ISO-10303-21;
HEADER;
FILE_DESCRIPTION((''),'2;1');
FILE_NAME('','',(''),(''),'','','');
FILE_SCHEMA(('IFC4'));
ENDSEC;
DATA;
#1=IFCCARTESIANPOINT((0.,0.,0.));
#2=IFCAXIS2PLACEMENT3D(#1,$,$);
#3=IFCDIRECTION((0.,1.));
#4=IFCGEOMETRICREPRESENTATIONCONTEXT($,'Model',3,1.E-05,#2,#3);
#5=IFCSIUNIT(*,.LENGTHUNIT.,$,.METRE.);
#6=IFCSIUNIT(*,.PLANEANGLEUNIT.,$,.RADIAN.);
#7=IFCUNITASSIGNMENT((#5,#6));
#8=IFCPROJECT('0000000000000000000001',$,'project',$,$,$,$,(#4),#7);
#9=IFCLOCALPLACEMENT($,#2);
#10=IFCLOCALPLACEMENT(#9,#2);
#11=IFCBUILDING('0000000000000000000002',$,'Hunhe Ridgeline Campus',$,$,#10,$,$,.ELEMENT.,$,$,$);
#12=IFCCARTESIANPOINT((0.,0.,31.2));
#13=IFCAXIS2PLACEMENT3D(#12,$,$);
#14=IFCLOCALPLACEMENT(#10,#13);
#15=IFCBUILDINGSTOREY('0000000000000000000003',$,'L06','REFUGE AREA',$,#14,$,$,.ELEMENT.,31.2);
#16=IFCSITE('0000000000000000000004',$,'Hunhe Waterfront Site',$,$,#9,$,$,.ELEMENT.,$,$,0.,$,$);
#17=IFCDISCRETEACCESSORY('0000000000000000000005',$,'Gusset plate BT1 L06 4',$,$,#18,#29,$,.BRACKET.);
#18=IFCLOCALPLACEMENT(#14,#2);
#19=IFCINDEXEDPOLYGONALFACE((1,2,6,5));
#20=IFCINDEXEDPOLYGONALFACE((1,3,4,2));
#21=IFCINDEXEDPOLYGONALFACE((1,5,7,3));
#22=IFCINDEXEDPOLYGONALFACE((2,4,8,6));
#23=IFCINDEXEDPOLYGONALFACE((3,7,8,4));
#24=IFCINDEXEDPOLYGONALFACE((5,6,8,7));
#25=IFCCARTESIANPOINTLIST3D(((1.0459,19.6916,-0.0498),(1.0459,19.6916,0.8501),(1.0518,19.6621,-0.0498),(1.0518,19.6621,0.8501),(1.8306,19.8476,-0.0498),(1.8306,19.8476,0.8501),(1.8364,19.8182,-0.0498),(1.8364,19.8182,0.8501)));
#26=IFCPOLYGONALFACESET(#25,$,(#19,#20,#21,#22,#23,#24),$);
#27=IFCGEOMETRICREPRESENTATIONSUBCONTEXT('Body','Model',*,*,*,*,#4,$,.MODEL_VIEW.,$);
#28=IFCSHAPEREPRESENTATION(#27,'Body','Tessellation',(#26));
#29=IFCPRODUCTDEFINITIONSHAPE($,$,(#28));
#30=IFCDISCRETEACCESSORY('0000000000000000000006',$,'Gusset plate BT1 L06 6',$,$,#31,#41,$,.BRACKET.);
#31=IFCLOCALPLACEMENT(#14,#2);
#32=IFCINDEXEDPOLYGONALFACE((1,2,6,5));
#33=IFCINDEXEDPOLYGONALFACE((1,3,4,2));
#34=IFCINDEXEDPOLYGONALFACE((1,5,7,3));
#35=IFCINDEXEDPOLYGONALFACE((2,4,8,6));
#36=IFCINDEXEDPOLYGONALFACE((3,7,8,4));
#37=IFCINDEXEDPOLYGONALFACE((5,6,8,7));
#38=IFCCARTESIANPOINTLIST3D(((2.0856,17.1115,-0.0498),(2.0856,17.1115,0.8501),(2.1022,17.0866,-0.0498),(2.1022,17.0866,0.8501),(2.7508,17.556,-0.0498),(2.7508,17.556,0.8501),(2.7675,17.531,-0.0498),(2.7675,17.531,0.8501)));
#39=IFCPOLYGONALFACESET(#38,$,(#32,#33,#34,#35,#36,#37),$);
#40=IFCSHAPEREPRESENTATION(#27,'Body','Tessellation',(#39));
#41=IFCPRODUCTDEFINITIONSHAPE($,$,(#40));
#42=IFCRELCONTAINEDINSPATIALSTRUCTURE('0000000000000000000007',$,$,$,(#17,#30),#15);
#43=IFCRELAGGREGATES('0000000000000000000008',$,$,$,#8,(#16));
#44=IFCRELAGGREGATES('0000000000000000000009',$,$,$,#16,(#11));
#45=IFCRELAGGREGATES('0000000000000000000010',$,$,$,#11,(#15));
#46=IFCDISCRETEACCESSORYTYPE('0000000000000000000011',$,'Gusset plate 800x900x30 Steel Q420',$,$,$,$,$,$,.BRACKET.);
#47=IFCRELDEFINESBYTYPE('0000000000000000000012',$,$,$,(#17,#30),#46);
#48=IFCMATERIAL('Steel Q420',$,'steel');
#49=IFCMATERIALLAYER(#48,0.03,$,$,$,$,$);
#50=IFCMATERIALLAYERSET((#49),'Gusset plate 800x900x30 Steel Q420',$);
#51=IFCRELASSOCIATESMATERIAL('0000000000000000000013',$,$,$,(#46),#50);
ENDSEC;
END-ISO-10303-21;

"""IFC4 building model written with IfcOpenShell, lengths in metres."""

from ifc_helpers import new_model, si_unit, direction, frame, origin, origin_2d, place, context, subcontext, project, spatial, rectangle, extrude, material, layer, layer_set, type_object, element, save


model = new_model("IFC4")

# Units and contexts
model_context = context("Model", 3, precision=1e-05, world=origin(), true_north=direction((0.0, 1.0)))
body_context = subcontext(model_context, "Body", "Model", "MODEL_VIEW")
ifc_project = project(units=[si_unit("LENGTHUNIT", "METRE"), si_unit("PLANEANGLEUNIT", "RADIAN")], contexts=[model_context])

# Site, building, storey
site_placement = place(None, origin())
site = spatial("IfcSite", under=ifc_project, at=site_placement, Name="Hunhe Waterfront Site", CompositionType="ELEMENT", RefElevation=0.0)
building_placement = place(site_placement, origin())
building = spatial("IfcBuilding", under=site, at=building_placement, Name="Hunhe Ridgeline Campus", CompositionType="ELEMENT")
storey_placement = place(building_placement, frame((0.0, 0.0, 31.2)))
storey = spatial("IfcBuildingStorey", under=building, at=storey_placement, Name="L06", Description="REFUGE AREA", CompositionType="ELEMENT", Elevation=31.2)

# Shared definitions
ifc_material_1 = material(Name="Steel Q420", Category="steel")

# Discrete accessories
ifc_layer_1 = layer(ifc_material_1, 0.03)
ifc_layer_set_1 = layer_set([ifc_layer_1], Name="Gusset plate 800x900x30 Steel Q420")
discrete_accessory_type_1 = type_object("IfcDiscreteAccessoryType", Name="Gusset plate 800x900x30 Steel Q420", PredefinedType="BRACKET", material=ifc_layer_set_1)
for number, where, z_axis, x_axis, name in (
    (1, (1.4412, 19.7549, -0.0498), (0.0, 0.0, 1.0), (0.19509, -0.980785, 0.0), "Gusset plate BT1 L06 4"),
    (2, (2.4265, 17.3213, -0.0498), (0.0, 0.0, 1.0), (-0.55557, 0.83147, 0.0), "Gusset plate BT1 L06 6"),
):
    element("IfcDiscreteAccessory", number, at=place(storey_placement, frame(where, z_axis=z_axis, x_axis=x_axis)), inside=storey, type_object=discrete_accessory_type_1, Name=name, PredefinedType="BRACKET", context=body_context, shape_type="SweptSolid", body=[
        extrude(rectangle(XDim=0.03, YDim=0.8, at=origin_2d()), origin(), (0.0, 0.0, 1.0), 0.8999),
    ])

save(model, "model.ifc")
